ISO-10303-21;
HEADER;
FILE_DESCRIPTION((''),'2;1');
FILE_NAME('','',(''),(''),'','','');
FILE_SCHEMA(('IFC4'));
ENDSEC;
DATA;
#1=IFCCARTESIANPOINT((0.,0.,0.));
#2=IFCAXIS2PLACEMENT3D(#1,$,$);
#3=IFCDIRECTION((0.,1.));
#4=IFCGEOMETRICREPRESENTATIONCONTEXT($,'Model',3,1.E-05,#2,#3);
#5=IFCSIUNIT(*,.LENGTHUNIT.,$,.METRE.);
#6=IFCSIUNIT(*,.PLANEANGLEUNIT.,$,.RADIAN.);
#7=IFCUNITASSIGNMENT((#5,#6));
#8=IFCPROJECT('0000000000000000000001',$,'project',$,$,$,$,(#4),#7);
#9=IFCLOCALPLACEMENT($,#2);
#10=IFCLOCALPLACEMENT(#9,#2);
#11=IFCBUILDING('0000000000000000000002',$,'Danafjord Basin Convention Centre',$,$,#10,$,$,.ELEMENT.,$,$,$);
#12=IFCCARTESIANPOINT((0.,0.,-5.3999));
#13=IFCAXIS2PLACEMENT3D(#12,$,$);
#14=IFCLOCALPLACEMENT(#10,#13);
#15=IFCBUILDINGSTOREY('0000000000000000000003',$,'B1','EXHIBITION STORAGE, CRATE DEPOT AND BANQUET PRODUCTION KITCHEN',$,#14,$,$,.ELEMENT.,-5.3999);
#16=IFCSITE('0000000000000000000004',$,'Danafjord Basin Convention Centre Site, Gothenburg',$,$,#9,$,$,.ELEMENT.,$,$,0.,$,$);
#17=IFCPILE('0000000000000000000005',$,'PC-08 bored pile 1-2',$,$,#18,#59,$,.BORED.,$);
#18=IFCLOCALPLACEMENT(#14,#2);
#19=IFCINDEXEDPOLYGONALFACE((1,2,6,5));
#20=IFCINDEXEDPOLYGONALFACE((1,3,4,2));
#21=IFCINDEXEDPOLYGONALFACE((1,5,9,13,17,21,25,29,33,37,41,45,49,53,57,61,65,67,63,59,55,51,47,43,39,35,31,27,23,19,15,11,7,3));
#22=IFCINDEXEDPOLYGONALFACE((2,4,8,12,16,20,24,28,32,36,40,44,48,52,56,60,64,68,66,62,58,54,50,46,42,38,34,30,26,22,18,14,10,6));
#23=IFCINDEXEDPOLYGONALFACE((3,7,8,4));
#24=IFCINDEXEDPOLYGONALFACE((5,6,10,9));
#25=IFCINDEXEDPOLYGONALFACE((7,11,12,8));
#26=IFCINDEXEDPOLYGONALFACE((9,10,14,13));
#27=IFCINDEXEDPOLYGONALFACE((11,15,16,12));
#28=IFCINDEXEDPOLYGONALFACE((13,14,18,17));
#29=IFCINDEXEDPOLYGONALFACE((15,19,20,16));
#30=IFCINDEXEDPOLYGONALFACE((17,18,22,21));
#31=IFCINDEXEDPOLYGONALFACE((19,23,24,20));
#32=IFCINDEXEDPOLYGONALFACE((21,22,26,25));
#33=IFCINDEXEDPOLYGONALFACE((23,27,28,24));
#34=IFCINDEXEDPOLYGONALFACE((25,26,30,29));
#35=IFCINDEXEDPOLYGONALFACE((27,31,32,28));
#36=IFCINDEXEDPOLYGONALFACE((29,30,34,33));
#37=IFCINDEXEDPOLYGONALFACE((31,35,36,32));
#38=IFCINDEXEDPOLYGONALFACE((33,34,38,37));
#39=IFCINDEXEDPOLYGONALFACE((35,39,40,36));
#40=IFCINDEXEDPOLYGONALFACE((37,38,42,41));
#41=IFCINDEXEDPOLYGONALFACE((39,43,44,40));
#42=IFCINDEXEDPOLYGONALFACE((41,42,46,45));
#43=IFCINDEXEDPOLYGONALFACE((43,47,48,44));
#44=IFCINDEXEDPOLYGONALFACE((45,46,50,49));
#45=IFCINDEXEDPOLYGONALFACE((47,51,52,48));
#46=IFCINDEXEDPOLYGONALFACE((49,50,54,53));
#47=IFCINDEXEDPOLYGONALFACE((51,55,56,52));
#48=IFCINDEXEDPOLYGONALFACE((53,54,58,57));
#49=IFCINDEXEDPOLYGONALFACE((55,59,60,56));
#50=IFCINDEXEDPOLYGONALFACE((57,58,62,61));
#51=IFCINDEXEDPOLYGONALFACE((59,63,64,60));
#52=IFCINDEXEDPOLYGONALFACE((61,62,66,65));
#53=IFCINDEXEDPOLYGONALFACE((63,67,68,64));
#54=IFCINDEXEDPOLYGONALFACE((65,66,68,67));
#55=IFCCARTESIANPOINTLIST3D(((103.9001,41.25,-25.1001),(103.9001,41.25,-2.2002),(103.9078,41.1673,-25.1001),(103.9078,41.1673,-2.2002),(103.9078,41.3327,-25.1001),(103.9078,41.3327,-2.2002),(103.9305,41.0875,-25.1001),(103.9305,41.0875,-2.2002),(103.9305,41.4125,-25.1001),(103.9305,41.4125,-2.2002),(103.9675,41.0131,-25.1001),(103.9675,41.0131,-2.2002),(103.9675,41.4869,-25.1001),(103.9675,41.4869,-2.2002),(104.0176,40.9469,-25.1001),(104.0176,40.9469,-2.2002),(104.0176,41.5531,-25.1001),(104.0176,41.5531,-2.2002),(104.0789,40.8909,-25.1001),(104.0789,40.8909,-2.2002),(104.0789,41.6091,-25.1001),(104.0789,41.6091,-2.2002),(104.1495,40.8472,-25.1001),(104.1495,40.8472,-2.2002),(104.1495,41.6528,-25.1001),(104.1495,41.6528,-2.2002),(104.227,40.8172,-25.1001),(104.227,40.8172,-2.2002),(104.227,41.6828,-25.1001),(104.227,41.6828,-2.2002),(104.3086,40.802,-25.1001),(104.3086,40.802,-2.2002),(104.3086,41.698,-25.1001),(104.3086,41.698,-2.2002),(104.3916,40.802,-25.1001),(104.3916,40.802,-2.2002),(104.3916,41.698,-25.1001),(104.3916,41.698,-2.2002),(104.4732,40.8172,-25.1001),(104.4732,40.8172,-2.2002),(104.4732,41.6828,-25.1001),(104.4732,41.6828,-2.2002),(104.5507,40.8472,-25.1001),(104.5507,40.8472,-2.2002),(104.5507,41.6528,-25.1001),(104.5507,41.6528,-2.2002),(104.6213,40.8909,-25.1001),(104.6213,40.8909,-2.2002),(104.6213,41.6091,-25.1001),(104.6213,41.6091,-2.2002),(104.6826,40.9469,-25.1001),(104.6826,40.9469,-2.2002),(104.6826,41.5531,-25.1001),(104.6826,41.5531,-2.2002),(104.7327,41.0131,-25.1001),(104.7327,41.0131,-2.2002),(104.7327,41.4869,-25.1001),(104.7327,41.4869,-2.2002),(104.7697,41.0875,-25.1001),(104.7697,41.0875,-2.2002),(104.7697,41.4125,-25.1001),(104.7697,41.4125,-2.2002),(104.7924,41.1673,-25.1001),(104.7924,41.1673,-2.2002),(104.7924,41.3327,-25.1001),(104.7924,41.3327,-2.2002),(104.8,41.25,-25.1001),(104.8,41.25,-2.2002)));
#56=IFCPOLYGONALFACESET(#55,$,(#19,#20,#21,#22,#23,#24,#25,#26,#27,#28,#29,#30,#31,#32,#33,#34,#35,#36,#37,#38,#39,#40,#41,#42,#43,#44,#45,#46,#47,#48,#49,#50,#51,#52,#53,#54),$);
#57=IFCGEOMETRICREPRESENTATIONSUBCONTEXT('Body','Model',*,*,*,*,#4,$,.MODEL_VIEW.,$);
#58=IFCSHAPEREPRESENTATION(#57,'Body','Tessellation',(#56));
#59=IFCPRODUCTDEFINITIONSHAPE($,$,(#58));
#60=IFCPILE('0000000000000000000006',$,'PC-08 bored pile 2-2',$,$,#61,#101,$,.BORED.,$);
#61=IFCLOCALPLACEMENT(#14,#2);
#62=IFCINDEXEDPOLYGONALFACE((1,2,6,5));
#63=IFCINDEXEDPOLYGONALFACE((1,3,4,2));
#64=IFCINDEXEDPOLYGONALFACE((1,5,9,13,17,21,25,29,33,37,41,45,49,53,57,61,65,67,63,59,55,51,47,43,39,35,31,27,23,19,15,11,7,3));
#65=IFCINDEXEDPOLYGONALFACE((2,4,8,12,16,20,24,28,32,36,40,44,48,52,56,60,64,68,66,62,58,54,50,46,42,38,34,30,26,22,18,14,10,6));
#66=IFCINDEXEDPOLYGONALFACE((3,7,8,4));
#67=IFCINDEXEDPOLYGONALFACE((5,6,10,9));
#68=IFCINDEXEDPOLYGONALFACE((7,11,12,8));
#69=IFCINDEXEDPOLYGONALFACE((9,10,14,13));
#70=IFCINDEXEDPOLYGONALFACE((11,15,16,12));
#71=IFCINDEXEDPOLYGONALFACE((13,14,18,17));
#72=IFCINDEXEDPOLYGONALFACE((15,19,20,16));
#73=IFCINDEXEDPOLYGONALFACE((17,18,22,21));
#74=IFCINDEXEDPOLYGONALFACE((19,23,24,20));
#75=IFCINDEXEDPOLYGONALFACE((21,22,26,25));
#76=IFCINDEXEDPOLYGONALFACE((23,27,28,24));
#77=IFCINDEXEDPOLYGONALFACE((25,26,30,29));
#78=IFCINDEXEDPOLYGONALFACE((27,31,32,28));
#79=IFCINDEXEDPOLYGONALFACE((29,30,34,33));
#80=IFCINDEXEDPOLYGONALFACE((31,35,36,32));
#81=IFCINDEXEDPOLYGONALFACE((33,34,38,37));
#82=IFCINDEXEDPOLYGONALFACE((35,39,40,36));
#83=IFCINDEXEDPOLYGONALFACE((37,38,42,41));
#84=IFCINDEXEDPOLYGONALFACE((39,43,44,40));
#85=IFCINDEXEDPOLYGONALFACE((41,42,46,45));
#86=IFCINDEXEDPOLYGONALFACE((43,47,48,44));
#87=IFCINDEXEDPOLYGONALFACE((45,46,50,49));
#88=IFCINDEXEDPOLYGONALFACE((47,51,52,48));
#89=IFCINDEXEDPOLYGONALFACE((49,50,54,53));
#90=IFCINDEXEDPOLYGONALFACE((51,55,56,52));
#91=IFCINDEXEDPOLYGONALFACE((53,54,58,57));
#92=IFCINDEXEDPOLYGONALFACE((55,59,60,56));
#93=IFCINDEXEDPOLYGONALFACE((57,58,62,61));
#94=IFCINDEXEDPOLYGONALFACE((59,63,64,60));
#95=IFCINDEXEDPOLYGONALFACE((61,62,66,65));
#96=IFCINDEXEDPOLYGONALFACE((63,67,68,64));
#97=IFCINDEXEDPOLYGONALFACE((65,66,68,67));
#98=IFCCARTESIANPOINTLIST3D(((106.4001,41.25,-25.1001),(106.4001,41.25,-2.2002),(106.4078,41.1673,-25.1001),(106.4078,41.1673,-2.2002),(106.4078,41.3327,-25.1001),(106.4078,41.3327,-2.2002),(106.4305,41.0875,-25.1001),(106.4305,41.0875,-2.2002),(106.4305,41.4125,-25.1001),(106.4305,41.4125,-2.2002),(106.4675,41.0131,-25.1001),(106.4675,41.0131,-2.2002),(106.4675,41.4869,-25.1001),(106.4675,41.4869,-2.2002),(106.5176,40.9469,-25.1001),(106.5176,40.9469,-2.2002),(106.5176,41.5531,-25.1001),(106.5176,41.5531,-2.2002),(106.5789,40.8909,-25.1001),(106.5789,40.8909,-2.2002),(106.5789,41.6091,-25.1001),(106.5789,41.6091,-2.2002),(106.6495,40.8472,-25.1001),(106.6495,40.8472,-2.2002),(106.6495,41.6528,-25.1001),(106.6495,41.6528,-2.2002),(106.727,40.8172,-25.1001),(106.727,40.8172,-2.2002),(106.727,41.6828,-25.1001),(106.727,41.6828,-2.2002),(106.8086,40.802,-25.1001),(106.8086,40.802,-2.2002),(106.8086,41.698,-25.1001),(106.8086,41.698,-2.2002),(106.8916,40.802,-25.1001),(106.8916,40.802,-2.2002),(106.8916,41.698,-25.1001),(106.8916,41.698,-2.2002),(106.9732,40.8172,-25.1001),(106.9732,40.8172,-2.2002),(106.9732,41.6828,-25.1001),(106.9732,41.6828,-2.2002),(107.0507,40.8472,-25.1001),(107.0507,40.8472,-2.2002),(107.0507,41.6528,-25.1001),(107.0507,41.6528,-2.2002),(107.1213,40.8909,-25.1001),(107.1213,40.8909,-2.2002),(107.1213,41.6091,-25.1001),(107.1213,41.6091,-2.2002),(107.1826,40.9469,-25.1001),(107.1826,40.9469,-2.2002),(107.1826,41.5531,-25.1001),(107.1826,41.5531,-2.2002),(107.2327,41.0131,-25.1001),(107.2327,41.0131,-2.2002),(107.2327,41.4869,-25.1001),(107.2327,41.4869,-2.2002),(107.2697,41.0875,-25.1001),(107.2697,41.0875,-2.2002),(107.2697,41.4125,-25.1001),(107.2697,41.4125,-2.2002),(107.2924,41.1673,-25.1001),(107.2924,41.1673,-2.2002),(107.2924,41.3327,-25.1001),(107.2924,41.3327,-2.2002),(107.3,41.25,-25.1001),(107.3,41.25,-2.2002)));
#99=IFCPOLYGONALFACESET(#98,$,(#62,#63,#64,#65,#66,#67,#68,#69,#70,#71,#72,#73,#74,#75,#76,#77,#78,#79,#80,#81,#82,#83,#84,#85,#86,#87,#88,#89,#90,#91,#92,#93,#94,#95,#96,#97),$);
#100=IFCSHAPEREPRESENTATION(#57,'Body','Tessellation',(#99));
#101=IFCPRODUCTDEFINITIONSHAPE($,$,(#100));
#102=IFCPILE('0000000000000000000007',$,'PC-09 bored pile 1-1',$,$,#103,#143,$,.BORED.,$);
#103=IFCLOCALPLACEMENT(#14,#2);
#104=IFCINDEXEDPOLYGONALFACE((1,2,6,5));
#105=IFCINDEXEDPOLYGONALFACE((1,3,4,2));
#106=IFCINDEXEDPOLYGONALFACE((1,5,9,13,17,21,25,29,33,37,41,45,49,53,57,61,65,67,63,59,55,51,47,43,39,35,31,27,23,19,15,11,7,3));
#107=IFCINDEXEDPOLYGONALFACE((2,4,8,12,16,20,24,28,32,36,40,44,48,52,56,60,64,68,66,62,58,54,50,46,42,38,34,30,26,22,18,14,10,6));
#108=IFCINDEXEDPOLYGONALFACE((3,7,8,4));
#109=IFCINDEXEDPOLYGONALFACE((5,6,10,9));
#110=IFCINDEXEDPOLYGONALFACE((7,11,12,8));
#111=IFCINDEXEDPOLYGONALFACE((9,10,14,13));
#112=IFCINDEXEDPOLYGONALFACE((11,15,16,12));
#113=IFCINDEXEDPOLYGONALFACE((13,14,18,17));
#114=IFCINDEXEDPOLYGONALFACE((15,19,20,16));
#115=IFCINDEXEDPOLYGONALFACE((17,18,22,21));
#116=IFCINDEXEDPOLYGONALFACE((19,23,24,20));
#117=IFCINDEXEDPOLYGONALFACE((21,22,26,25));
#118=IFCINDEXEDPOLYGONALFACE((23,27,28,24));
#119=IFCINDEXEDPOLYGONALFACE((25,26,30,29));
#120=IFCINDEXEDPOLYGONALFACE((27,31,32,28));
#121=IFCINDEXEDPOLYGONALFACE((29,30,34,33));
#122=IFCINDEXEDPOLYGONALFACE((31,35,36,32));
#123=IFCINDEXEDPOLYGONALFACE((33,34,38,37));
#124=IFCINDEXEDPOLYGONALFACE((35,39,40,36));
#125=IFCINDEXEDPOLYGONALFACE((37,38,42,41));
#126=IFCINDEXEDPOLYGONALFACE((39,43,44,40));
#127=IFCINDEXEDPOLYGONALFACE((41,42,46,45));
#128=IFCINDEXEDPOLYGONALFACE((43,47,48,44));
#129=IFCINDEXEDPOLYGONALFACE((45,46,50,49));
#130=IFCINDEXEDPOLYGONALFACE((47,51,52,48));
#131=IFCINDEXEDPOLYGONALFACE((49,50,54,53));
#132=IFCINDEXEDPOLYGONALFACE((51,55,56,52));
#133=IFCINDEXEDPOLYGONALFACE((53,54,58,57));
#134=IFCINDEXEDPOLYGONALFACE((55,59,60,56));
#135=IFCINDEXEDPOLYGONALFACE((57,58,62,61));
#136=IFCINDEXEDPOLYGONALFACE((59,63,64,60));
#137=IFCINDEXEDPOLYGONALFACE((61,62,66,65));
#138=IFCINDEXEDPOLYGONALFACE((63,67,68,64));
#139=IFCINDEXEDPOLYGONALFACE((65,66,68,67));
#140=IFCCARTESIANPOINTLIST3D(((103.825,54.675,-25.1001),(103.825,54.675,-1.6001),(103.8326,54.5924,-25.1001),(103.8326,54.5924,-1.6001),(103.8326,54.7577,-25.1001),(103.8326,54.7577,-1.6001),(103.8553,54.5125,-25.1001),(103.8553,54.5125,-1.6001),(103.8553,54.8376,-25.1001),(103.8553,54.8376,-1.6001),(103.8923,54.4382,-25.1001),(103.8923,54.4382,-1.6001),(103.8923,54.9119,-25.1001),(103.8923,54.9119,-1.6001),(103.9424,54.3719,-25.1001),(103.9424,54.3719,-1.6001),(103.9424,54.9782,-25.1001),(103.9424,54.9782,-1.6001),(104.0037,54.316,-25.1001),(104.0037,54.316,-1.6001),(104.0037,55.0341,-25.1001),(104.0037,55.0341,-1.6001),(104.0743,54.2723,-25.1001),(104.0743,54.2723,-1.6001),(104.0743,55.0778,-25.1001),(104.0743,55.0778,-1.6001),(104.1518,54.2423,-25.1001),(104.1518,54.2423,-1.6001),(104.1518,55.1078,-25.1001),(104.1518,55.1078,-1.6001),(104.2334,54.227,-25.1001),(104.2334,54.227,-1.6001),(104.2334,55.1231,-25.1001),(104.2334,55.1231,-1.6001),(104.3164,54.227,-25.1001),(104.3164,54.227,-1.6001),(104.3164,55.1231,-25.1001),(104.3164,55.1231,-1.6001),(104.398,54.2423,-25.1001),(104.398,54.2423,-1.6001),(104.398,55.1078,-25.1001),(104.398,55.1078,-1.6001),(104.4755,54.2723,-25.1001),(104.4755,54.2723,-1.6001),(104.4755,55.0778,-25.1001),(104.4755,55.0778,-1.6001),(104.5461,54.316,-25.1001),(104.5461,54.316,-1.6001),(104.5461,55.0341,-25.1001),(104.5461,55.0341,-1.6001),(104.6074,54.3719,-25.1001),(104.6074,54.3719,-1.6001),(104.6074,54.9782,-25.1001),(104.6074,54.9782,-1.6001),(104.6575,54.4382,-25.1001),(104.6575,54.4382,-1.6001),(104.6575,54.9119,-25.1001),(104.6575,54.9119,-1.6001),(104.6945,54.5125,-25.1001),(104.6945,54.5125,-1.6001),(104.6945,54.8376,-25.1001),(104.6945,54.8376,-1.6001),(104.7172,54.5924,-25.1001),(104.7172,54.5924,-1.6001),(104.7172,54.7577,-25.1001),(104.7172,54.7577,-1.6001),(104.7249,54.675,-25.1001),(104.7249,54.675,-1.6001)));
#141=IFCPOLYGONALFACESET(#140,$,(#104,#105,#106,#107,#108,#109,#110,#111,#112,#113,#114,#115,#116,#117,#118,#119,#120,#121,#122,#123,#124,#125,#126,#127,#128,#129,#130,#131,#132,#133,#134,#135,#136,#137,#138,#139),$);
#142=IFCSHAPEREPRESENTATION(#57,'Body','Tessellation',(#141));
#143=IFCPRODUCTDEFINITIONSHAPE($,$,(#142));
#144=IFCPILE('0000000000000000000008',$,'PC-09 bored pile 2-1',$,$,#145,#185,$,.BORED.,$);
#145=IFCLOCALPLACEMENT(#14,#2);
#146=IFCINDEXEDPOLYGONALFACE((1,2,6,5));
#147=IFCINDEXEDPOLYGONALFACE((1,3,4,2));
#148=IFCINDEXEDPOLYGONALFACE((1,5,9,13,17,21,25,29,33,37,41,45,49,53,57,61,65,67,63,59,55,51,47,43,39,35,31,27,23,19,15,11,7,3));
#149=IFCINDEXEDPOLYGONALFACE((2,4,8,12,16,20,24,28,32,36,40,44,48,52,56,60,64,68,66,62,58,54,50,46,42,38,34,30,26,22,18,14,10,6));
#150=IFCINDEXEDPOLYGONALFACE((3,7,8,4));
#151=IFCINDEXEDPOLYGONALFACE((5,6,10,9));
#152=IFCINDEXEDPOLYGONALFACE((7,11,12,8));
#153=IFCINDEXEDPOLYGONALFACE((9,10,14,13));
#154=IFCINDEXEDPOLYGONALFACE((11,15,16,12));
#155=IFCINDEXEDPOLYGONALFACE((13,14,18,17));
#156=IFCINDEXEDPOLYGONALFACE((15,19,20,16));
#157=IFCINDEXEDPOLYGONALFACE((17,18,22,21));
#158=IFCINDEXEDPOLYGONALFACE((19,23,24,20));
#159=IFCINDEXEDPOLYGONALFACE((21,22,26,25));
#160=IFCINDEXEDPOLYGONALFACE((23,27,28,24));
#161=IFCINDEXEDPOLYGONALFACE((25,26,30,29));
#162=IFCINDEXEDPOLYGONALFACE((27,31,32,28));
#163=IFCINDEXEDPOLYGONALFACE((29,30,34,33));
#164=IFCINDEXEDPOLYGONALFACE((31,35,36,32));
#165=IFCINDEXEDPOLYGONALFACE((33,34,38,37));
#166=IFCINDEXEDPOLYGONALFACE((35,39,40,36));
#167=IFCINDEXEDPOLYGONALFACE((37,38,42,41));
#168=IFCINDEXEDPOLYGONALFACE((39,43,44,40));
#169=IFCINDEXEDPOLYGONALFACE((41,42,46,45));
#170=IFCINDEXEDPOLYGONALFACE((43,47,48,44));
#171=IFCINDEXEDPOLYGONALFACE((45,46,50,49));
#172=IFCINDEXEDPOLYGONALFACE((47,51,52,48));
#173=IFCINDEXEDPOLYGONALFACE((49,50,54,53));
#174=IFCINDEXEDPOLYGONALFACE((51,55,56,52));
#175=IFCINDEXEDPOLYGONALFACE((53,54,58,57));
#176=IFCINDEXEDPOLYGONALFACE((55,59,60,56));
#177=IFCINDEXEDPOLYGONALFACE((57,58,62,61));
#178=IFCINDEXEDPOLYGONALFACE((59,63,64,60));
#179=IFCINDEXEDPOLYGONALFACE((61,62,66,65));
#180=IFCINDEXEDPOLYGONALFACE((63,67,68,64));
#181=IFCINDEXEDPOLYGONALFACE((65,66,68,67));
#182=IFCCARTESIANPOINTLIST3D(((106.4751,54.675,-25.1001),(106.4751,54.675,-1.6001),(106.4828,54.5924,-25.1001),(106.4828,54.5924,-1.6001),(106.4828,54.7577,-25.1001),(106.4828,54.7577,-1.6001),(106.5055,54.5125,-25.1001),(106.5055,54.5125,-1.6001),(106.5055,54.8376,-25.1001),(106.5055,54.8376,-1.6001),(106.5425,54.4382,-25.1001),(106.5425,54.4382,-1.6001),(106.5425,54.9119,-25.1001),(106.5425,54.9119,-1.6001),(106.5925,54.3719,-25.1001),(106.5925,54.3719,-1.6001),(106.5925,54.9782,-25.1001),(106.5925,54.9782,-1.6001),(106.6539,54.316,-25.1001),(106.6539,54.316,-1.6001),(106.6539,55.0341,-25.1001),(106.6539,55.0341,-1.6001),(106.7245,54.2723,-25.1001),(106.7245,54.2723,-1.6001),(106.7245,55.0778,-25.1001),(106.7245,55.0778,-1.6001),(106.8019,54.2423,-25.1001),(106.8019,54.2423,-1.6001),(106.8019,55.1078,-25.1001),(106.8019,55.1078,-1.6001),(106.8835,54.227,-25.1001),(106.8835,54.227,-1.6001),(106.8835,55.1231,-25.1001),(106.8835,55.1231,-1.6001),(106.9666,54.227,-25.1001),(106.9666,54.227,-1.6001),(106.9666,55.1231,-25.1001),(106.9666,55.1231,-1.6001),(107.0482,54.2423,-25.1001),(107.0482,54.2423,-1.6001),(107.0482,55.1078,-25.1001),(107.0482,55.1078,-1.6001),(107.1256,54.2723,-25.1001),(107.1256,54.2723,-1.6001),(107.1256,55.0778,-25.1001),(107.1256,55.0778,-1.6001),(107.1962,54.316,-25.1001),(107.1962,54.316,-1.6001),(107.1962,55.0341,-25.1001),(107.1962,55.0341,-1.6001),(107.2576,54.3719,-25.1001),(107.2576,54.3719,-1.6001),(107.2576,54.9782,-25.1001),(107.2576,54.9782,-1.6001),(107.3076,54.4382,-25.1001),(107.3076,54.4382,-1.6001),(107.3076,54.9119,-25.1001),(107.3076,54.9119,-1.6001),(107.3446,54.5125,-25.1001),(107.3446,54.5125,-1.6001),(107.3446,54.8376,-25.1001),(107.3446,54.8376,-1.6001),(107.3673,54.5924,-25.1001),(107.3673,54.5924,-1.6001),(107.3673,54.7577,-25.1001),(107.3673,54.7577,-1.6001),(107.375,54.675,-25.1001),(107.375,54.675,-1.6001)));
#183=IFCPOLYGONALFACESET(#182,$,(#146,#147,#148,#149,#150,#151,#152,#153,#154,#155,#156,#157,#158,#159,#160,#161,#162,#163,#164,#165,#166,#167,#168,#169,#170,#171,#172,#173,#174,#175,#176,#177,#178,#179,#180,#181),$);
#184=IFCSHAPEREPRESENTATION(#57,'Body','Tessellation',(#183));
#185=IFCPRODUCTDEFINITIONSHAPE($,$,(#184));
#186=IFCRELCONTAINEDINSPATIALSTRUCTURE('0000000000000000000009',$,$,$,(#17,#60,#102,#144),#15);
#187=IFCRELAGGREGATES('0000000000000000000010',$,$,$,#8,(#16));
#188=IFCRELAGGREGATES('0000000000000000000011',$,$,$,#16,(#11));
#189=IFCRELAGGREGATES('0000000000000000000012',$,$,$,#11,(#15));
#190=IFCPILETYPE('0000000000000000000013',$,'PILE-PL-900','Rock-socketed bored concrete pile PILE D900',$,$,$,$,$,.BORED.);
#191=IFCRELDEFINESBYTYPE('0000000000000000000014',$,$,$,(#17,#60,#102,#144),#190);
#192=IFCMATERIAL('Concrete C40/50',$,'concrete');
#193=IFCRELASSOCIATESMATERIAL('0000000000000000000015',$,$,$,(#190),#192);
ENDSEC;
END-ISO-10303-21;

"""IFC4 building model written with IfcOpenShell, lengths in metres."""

from ifc_helpers import new_model, si_unit, direction, frame, origin, origin_2d, place, context, subcontext, project, spatial, circle, extrude, material, material_profile, profile_set, type_object, element, save


model = new_model("IFC4")

# Units and contexts
model_context = context("Model", 3, precision=1e-05, world=origin(), true_north=direction((0.0, 1.0)))
body_context = subcontext(model_context, "Body", "Model", "MODEL_VIEW")
ifc_project = project(units=[si_unit("LENGTHUNIT", "METRE"), si_unit("PLANEANGLEUNIT", "RADIAN")], contexts=[model_context])

# Site, building, storey
site_placement = place(None, origin())
site = spatial("IfcSite", under=ifc_project, at=site_placement, Name="Danafjord Basin Convention Centre Site, Gothenburg", CompositionType="ELEMENT", RefElevation=0.0)
building_placement = place(site_placement, origin())
building = spatial("IfcBuilding", under=site, at=building_placement, Name="Danafjord Basin Convention Centre", CompositionType="ELEMENT")
storey_placement = place(building_placement, frame((0.0, 0.0, -5.3999)))
storey = spatial("IfcBuildingStorey", under=building, at=storey_placement, Name="B1", Description="EXHIBITION STORAGE, CRATE DEPOT AND BANQUET PRODUCTION KITCHEN", CompositionType="ELEMENT", Elevation=-5.3999)

# Shared definitions
ifc_material_1 = material(Name="Concrete C40/50", Category="concrete")

# Piles
ifc_material_profile_1 = material_profile(ifc_material_1, circle(Radius=0.45, at=origin_2d()), Name="PILE D900")
ifc_profile_set_1 = profile_set([ifc_material_profile_1], Name="Concrete C40/50")
pile_type_1 = type_object("IfcPileType", Name="PILE-PL-900", Description="Rock-socketed bored concrete pile PILE D900", PredefinedType="BORED", material=ifc_profile_set_1)
for number, where, z_axis, x_axis, name in (
    (1, (104.3501, 41.25, -2.2002), (0.0, 0.0, -1.0), (1.0, 0.0, 0.0), "PC-08 bored pile 1-2"),
    (2, (106.8501, 41.25, -2.2002), (0.0, 0.0, -1.0), (1.0, 0.0, 0.0), "PC-08 bored pile 2-2"),
):
    element("IfcPile", number, at=place(storey_placement, frame(where, z_axis=z_axis, x_axis=x_axis)), inside=storey, type_object=pile_type_1, Name=name, PredefinedType="BORED", context=body_context, shape_type="SweptSolid", body=[
        extrude(circle(Radius=0.45, at=origin_2d()), origin(), (0.0, 0.0, 1.0), 22.8999),
    ])
for number, where, z_axis, x_axis, name in (
    (3, (104.2749, 54.675, -1.6001), (0.0, 0.0, -1.0), (1.0, 0.0, 0.0), "PC-09 bored pile 1-1"),
    (4, (106.925, 54.675, -1.6001), (0.0, 0.0, -1.0), (1.0, 0.0, 0.0), "PC-09 bored pile 2-1"),
):
    element("IfcPile", number, at=place(storey_placement, frame(where, z_axis=z_axis, x_axis=x_axis)), inside=storey, type_object=pile_type_1, Name=name, PredefinedType="BORED", context=body_context, shape_type="SweptSolid", body=[
        extrude(circle(Radius=0.45, at=origin_2d()), origin(), (0.0, 0.0, 1.0), 23.5),
    ])

save(model, "model.ifc")
